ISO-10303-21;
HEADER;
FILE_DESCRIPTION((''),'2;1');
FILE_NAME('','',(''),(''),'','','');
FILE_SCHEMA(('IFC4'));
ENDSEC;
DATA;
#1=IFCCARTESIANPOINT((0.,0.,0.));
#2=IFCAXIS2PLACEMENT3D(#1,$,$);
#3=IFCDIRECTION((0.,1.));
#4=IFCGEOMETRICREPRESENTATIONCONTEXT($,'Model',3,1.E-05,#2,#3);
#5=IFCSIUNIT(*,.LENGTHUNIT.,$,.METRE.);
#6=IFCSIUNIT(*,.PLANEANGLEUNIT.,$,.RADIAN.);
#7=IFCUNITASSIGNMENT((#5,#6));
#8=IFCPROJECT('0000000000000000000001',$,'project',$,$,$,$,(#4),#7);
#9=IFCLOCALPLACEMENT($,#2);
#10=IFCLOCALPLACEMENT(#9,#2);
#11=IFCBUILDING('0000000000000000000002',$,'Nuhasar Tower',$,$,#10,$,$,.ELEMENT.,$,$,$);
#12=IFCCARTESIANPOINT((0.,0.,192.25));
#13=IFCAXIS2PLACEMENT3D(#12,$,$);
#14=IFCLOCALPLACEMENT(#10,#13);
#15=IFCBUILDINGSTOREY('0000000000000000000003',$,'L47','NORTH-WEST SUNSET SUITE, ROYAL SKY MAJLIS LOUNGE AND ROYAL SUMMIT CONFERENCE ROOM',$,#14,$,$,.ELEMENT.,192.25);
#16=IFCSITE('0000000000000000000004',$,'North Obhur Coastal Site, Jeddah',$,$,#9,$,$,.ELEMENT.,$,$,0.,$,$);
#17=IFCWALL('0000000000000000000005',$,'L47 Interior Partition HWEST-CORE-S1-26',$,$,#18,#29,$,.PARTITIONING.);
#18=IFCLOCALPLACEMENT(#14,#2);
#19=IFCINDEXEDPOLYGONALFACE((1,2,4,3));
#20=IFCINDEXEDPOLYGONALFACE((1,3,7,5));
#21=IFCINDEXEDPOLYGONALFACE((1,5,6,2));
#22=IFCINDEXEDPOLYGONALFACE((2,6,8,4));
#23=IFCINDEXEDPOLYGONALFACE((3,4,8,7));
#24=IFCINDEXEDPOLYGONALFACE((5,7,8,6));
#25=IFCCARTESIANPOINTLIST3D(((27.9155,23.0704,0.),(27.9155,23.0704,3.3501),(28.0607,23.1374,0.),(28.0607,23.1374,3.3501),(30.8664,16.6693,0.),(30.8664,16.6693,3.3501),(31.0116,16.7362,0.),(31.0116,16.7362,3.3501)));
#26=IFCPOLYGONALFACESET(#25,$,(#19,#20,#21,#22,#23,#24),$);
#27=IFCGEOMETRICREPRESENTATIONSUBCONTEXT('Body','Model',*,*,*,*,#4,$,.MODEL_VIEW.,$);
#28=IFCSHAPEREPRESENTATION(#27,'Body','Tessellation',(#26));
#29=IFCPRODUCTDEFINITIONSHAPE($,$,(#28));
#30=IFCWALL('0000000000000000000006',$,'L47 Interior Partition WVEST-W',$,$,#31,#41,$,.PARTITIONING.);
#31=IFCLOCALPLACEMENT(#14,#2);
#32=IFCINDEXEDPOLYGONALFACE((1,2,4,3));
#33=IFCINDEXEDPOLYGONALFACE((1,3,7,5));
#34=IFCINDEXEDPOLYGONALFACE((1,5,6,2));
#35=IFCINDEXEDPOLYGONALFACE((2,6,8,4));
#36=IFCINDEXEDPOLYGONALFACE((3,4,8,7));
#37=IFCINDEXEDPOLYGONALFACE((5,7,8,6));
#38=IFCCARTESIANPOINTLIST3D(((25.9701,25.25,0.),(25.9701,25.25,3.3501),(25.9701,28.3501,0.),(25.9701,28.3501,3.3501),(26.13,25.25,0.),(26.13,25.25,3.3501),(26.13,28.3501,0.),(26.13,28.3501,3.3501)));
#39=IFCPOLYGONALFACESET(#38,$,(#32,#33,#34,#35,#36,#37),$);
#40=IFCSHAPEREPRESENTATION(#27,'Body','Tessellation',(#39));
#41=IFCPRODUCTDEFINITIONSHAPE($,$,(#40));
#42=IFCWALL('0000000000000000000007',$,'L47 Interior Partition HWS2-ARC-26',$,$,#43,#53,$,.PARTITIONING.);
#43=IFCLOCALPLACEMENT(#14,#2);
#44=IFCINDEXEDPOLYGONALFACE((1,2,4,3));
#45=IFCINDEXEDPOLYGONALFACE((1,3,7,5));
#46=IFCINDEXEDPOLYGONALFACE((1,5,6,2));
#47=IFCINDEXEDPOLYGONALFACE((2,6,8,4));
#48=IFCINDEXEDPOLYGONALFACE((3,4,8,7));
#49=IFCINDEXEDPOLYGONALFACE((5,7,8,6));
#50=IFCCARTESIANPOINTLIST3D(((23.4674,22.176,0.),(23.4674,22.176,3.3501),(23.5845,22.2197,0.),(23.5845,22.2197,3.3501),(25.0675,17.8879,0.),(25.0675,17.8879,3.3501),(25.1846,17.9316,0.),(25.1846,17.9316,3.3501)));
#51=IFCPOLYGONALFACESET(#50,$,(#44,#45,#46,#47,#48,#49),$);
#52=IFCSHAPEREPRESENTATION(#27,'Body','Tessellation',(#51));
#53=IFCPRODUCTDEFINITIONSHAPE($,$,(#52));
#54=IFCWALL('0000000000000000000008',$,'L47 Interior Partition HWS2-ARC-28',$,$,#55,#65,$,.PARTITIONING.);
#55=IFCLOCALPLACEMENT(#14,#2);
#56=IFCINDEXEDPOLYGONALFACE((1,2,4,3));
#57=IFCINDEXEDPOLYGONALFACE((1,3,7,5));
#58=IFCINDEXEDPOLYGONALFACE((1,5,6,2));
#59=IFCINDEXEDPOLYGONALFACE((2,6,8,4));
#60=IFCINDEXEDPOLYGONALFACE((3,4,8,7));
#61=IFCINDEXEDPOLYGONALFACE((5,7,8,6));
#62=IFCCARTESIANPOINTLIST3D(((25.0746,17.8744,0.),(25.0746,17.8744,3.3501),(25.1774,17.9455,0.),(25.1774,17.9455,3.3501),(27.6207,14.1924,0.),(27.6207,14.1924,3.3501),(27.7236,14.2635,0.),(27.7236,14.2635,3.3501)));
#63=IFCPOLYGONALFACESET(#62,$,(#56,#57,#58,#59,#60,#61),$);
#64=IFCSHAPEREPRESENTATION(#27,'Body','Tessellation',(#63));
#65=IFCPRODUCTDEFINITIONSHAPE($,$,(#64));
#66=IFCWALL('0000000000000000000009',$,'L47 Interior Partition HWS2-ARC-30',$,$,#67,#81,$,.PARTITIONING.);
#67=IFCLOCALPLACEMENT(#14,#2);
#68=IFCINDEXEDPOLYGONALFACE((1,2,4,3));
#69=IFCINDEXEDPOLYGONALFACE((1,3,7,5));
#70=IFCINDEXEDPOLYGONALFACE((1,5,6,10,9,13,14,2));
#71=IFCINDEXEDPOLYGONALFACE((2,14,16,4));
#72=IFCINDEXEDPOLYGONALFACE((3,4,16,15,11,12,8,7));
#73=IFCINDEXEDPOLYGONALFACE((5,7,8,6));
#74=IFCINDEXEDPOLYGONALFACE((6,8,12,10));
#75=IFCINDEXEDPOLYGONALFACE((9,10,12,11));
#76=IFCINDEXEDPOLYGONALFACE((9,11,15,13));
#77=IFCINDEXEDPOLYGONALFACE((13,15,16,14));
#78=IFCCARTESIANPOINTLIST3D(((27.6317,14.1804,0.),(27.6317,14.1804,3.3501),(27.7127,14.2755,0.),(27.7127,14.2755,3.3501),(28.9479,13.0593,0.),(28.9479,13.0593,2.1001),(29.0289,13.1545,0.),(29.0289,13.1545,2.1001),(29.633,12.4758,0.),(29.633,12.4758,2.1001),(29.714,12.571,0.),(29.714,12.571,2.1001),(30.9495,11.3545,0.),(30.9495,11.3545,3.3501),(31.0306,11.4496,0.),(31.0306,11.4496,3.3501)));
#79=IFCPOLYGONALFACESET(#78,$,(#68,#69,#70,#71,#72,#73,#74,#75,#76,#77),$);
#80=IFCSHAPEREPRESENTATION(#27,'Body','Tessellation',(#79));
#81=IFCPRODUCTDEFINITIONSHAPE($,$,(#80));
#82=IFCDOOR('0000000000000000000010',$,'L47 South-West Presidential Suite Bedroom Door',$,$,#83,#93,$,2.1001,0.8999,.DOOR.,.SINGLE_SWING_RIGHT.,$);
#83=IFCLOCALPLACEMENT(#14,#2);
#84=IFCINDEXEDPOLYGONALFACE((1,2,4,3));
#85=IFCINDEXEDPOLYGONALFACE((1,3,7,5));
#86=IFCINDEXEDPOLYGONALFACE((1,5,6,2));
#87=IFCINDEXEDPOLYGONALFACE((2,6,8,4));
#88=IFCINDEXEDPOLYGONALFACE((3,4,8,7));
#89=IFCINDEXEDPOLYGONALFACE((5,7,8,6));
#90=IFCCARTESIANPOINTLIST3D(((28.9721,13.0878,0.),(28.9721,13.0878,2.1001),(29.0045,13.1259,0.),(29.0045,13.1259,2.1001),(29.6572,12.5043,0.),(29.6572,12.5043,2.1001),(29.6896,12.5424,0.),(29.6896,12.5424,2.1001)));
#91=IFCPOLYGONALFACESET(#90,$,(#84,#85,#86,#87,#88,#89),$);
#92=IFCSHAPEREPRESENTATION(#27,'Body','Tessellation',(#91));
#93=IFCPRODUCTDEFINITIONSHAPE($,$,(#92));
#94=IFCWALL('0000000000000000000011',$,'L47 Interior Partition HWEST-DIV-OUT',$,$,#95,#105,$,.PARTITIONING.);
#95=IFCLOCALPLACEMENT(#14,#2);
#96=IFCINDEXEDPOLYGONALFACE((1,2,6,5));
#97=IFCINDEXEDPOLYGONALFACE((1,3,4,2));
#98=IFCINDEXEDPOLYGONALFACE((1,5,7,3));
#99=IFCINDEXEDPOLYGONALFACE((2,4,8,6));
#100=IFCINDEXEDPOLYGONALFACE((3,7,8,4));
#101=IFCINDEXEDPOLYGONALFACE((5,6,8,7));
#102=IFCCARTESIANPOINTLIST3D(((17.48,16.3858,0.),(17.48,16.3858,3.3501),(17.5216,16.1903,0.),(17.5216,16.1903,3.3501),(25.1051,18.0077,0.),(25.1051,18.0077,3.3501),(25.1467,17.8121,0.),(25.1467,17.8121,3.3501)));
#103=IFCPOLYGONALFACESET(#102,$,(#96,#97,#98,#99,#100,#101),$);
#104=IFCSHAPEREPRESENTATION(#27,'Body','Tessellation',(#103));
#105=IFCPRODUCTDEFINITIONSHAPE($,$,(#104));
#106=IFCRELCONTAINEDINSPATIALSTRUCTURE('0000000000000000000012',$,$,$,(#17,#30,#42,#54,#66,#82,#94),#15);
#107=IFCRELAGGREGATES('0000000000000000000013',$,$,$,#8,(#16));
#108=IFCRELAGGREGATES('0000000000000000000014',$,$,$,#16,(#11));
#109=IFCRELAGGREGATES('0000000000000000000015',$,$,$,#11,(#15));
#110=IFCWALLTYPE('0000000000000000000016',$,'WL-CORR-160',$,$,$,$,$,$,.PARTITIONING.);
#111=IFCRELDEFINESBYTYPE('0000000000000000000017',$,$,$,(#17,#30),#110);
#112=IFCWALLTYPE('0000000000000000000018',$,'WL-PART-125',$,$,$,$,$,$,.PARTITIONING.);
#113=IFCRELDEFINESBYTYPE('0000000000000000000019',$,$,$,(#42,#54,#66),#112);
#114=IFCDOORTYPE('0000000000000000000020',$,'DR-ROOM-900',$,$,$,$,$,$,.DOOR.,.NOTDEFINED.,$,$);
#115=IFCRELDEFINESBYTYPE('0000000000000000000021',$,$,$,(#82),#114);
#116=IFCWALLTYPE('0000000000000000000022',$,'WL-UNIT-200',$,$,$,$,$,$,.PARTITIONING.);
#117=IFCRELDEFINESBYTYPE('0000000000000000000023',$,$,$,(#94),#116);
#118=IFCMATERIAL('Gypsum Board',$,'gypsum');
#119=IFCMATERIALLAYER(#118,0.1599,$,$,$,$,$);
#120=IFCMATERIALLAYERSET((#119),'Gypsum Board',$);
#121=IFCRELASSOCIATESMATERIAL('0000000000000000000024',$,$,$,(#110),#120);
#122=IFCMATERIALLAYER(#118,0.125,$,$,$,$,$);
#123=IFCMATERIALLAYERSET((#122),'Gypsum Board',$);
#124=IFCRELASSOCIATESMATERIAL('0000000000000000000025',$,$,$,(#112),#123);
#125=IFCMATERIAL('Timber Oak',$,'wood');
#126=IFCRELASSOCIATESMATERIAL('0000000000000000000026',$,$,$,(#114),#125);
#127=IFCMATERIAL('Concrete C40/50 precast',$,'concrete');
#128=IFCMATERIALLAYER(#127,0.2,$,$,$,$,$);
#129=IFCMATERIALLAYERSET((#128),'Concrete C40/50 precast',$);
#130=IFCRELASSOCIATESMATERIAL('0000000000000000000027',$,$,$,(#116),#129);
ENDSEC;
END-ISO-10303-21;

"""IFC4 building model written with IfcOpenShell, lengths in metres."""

from ifc_helpers import new_model, si_unit, direction, frame, frame_2d, origin, place, context, subcontext, project, spatial, rectangle, extrude, material, layer, layer_set, type_object, element, fill, save


model = new_model("IFC4")

# Units and contexts
model_context = context("Model", 3, precision=1e-05, world=origin(), true_north=direction((0.0, 1.0)))
body_context = subcontext(model_context, "Body", "Model", "MODEL_VIEW")
ifc_project = project(units=[si_unit("LENGTHUNIT", "METRE"), si_unit("PLANEANGLEUNIT", "RADIAN")], contexts=[model_context])

# Site, building, storey
site_placement = place(None, origin())
site = spatial("IfcSite", under=ifc_project, at=site_placement, Name="North Obhur Coastal Site, Jeddah", CompositionType="ELEMENT", RefElevation=0.0)
building_placement = place(site_placement, origin())
building = spatial("IfcBuilding", under=site, at=building_placement, Name="Nuhasar Tower", CompositionType="ELEMENT")
storey_placement = place(building_placement, frame((0.0, 0.0, 192.25)))
storey = spatial("IfcBuildingStorey", under=building, at=storey_placement, Name="L47", Description="NORTH-WEST SUNSET SUITE, ROYAL SKY MAJLIS LOUNGE AND ROYAL SUMMIT CONFERENCE ROOM", CompositionType="ELEMENT", Elevation=192.25)

# Wall
ifc_material_1 = material(Name="Gypsum Board", Category="gypsum")
ifc_layer_1 = layer(ifc_material_1, 0.1599)
ifc_layer_set_1 = layer_set([ifc_layer_1], Name="Gypsum Board")
wall_type_1 = type_object("IfcWallType", Name="WL-CORR-160", PredefinedType="PARTITIONING", material=ifc_layer_set_1)
wall_1_placement = place(storey_placement, frame((27.988, 23.104, 0.0), z_axis=(0.0, 0.0, 1.0), x_axis=(0.418656, -0.908145, 0.0)))
element("IfcWall", 1, at=wall_1_placement, inside=storey, type_object=wall_type_1, Name="L47 Interior Partition HWEST-CORE-S1-26", PredefinedType="PARTITIONING", context=body_context, shape_type="SweptSolid", body=[
    extrude(rectangle(XDim=7.0486, YDim=0.1599, at=frame_2d((3.5244, 0.0))), origin(), (0.0, 0.0, 1.0), 3.3501),
])

# Shared definitions
ifc_material_2 = material(Name="Timber Oak", Category="wood")

# Walls
wall_2_placement = place(storey_placement, frame((26.05, 25.25, 0.0), z_axis=(0.0, 0.0, 1.0), x_axis=(0.0, 1.0, 0.0)))
element("IfcWall", 2, at=wall_2_placement, inside=storey, type_object=wall_type_1, Name="L47 Interior Partition WVEST-W", PredefinedType="PARTITIONING", context=body_context, shape_type="SweptSolid", body=[
    extrude(rectangle(XDim=3.1001, YDim=0.1599, at=frame_2d((1.55, 0.0))), origin(), (0.0, 0.0, 1.0), 3.3501),
])
ifc_layer_2 = layer(ifc_material_1, 0.125)
ifc_layer_set_2 = layer_set([ifc_layer_2], Name="Gypsum Board")
wall_type_2 = type_object("IfcWallType", Name="WL-PART-125", PredefinedType="PARTITIONING", material=ifc_layer_set_2)
wall_3_placement = place(storey_placement, frame((23.5259, 22.198, 0.0), z_axis=(0.0, 0.0, 1.0), x_axis=(0.349603, -0.936898, 0.0)))
element("IfcWall", 3, at=wall_3_placement, inside=storey, type_object=wall_type_2, Name="L47 Interior Partition HWS2-ARC-26", PredefinedType="PARTITIONING", context=body_context, shape_type="SweptSolid", body=[
    extrude(rectangle(XDim=4.5769, YDim=0.125, at=frame_2d((2.2886, 0.0))), origin(), (0.0, 0.0, 1.0), 3.3501),
])
wall_4_placement = place(storey_placement, frame((25.126, 17.9099, 0.0), z_axis=(0.0, 0.0, 1.0), x_axis=(0.568779, -0.822491, 0.0)))
element("IfcWall", 4, at=wall_4_placement, inside=storey, type_object=wall_type_2, Name="L47 Interior Partition HWS2-ARC-28", PredefinedType="PARTITIONING", context=body_context, shape_type="SweptSolid", body=[
    extrude(rectangle(XDim=4.4766, YDim=0.125, at=frame_2d((2.2383, 0.0))), origin(), (0.0, 0.0, 1.0), 3.3501),
])

# Wall, opening, door
wall_5_placement = place(storey_placement, frame((27.6721, 14.228, 0.0), z_axis=(0.0, 0.0, 1.0), x_axis=(0.761289, -0.648412, 0.0)))
wall_5 = element("IfcWall", 5, at=wall_5_placement, inside=storey, type_object=wall_type_2, Name="L47 Interior Partition HWS2-ARC-30", PredefinedType="PARTITIONING", context=body_context, shape_type="SweptSolid", body=[
    extrude(rectangle(XDim=4.3582, YDim=0.125, at=frame_2d((2.1792, 0.0))), origin(), (0.0, 0.0, 1.0), 3.3501),
])
opening_1_placement = place(wall_5_placement, frame((1.729, 0.0, 0.0)))
opening_1 = element("IfcOpeningElement", 6, at=opening_1_placement, cuts=wall_5, PredefinedType="OPENING", context=body_context, shape_type="SweptSolid", body=[
    extrude(rectangle(XDim=0.8999, YDim=2.1001, at=frame_2d((0.45, 1.05))), frame((0.0, 0.0725, 0.0), z_axis=(0.0, -1.0, 0.0), x_axis=(1.0, 0.0, 0.0)), (0.0, 0.0, 1.0), 0.145),
])
door_type_1 = type_object("IfcDoorType", Name="DR-ROOM-900", OperationType="NOTDEFINED", PredefinedType="DOOR", material=ifc_material_2)
door_1_placement = place(opening_1_placement, origin())
door_1 = element("IfcDoor", 7, at=door_1_placement, inside=storey, type_object=door_type_1, Name="L47 South-West Presidential Suite Bedroom Door", OperationType="SINGLE_SWING_RIGHT", OverallHeight=2.1001, OverallWidth=0.8999, PredefinedType="DOOR", context=body_context, shape_type="SweptSolid", body=[
    extrude(rectangle(XDim=0.8999, YDim=2.1001, at=frame_2d((0.45, 1.05))), frame((0.0, 0.0249, 0.0), z_axis=(0.0, -1.0, 0.0), x_axis=(1.0, 0.0, 0.0)), (0.0, 0.0, 1.0), 0.05),
])
fill(opening_1, door_1)

# Wall
ifc_material_3 = material(Name="Concrete C40/50 precast", Category="concrete")
ifc_layer_3 = layer(ifc_material_3, 0.2)
ifc_layer_set_3 = layer_set([ifc_layer_3], Name="Concrete C40/50 precast")
wall_type_3 = type_object("IfcWallType", Name="WL-UNIT-200", PredefinedType="PARTITIONING", material=ifc_layer_set_3)
wall_6_placement = place(storey_placement, frame((25.126, 17.9099, 0.0), z_axis=(0.0, 0.0, 1.0), x_axis=(-0.978119, -0.208045, 0.0)))
element("IfcWall", 8, at=wall_6_placement, inside=storey, type_object=wall_type_3, Name="L47 Interior Partition HWEST-DIV-OUT", PredefinedType="PARTITIONING", context=body_context, shape_type="SweptSolid", body=[
    extrude(rectangle(XDim=7.7957, YDim=0.2, at=frame_2d((3.8979, 0.0))), origin(), (0.0, 0.0, 1.0), 3.3501),
])

save(model, "model.ifc")
